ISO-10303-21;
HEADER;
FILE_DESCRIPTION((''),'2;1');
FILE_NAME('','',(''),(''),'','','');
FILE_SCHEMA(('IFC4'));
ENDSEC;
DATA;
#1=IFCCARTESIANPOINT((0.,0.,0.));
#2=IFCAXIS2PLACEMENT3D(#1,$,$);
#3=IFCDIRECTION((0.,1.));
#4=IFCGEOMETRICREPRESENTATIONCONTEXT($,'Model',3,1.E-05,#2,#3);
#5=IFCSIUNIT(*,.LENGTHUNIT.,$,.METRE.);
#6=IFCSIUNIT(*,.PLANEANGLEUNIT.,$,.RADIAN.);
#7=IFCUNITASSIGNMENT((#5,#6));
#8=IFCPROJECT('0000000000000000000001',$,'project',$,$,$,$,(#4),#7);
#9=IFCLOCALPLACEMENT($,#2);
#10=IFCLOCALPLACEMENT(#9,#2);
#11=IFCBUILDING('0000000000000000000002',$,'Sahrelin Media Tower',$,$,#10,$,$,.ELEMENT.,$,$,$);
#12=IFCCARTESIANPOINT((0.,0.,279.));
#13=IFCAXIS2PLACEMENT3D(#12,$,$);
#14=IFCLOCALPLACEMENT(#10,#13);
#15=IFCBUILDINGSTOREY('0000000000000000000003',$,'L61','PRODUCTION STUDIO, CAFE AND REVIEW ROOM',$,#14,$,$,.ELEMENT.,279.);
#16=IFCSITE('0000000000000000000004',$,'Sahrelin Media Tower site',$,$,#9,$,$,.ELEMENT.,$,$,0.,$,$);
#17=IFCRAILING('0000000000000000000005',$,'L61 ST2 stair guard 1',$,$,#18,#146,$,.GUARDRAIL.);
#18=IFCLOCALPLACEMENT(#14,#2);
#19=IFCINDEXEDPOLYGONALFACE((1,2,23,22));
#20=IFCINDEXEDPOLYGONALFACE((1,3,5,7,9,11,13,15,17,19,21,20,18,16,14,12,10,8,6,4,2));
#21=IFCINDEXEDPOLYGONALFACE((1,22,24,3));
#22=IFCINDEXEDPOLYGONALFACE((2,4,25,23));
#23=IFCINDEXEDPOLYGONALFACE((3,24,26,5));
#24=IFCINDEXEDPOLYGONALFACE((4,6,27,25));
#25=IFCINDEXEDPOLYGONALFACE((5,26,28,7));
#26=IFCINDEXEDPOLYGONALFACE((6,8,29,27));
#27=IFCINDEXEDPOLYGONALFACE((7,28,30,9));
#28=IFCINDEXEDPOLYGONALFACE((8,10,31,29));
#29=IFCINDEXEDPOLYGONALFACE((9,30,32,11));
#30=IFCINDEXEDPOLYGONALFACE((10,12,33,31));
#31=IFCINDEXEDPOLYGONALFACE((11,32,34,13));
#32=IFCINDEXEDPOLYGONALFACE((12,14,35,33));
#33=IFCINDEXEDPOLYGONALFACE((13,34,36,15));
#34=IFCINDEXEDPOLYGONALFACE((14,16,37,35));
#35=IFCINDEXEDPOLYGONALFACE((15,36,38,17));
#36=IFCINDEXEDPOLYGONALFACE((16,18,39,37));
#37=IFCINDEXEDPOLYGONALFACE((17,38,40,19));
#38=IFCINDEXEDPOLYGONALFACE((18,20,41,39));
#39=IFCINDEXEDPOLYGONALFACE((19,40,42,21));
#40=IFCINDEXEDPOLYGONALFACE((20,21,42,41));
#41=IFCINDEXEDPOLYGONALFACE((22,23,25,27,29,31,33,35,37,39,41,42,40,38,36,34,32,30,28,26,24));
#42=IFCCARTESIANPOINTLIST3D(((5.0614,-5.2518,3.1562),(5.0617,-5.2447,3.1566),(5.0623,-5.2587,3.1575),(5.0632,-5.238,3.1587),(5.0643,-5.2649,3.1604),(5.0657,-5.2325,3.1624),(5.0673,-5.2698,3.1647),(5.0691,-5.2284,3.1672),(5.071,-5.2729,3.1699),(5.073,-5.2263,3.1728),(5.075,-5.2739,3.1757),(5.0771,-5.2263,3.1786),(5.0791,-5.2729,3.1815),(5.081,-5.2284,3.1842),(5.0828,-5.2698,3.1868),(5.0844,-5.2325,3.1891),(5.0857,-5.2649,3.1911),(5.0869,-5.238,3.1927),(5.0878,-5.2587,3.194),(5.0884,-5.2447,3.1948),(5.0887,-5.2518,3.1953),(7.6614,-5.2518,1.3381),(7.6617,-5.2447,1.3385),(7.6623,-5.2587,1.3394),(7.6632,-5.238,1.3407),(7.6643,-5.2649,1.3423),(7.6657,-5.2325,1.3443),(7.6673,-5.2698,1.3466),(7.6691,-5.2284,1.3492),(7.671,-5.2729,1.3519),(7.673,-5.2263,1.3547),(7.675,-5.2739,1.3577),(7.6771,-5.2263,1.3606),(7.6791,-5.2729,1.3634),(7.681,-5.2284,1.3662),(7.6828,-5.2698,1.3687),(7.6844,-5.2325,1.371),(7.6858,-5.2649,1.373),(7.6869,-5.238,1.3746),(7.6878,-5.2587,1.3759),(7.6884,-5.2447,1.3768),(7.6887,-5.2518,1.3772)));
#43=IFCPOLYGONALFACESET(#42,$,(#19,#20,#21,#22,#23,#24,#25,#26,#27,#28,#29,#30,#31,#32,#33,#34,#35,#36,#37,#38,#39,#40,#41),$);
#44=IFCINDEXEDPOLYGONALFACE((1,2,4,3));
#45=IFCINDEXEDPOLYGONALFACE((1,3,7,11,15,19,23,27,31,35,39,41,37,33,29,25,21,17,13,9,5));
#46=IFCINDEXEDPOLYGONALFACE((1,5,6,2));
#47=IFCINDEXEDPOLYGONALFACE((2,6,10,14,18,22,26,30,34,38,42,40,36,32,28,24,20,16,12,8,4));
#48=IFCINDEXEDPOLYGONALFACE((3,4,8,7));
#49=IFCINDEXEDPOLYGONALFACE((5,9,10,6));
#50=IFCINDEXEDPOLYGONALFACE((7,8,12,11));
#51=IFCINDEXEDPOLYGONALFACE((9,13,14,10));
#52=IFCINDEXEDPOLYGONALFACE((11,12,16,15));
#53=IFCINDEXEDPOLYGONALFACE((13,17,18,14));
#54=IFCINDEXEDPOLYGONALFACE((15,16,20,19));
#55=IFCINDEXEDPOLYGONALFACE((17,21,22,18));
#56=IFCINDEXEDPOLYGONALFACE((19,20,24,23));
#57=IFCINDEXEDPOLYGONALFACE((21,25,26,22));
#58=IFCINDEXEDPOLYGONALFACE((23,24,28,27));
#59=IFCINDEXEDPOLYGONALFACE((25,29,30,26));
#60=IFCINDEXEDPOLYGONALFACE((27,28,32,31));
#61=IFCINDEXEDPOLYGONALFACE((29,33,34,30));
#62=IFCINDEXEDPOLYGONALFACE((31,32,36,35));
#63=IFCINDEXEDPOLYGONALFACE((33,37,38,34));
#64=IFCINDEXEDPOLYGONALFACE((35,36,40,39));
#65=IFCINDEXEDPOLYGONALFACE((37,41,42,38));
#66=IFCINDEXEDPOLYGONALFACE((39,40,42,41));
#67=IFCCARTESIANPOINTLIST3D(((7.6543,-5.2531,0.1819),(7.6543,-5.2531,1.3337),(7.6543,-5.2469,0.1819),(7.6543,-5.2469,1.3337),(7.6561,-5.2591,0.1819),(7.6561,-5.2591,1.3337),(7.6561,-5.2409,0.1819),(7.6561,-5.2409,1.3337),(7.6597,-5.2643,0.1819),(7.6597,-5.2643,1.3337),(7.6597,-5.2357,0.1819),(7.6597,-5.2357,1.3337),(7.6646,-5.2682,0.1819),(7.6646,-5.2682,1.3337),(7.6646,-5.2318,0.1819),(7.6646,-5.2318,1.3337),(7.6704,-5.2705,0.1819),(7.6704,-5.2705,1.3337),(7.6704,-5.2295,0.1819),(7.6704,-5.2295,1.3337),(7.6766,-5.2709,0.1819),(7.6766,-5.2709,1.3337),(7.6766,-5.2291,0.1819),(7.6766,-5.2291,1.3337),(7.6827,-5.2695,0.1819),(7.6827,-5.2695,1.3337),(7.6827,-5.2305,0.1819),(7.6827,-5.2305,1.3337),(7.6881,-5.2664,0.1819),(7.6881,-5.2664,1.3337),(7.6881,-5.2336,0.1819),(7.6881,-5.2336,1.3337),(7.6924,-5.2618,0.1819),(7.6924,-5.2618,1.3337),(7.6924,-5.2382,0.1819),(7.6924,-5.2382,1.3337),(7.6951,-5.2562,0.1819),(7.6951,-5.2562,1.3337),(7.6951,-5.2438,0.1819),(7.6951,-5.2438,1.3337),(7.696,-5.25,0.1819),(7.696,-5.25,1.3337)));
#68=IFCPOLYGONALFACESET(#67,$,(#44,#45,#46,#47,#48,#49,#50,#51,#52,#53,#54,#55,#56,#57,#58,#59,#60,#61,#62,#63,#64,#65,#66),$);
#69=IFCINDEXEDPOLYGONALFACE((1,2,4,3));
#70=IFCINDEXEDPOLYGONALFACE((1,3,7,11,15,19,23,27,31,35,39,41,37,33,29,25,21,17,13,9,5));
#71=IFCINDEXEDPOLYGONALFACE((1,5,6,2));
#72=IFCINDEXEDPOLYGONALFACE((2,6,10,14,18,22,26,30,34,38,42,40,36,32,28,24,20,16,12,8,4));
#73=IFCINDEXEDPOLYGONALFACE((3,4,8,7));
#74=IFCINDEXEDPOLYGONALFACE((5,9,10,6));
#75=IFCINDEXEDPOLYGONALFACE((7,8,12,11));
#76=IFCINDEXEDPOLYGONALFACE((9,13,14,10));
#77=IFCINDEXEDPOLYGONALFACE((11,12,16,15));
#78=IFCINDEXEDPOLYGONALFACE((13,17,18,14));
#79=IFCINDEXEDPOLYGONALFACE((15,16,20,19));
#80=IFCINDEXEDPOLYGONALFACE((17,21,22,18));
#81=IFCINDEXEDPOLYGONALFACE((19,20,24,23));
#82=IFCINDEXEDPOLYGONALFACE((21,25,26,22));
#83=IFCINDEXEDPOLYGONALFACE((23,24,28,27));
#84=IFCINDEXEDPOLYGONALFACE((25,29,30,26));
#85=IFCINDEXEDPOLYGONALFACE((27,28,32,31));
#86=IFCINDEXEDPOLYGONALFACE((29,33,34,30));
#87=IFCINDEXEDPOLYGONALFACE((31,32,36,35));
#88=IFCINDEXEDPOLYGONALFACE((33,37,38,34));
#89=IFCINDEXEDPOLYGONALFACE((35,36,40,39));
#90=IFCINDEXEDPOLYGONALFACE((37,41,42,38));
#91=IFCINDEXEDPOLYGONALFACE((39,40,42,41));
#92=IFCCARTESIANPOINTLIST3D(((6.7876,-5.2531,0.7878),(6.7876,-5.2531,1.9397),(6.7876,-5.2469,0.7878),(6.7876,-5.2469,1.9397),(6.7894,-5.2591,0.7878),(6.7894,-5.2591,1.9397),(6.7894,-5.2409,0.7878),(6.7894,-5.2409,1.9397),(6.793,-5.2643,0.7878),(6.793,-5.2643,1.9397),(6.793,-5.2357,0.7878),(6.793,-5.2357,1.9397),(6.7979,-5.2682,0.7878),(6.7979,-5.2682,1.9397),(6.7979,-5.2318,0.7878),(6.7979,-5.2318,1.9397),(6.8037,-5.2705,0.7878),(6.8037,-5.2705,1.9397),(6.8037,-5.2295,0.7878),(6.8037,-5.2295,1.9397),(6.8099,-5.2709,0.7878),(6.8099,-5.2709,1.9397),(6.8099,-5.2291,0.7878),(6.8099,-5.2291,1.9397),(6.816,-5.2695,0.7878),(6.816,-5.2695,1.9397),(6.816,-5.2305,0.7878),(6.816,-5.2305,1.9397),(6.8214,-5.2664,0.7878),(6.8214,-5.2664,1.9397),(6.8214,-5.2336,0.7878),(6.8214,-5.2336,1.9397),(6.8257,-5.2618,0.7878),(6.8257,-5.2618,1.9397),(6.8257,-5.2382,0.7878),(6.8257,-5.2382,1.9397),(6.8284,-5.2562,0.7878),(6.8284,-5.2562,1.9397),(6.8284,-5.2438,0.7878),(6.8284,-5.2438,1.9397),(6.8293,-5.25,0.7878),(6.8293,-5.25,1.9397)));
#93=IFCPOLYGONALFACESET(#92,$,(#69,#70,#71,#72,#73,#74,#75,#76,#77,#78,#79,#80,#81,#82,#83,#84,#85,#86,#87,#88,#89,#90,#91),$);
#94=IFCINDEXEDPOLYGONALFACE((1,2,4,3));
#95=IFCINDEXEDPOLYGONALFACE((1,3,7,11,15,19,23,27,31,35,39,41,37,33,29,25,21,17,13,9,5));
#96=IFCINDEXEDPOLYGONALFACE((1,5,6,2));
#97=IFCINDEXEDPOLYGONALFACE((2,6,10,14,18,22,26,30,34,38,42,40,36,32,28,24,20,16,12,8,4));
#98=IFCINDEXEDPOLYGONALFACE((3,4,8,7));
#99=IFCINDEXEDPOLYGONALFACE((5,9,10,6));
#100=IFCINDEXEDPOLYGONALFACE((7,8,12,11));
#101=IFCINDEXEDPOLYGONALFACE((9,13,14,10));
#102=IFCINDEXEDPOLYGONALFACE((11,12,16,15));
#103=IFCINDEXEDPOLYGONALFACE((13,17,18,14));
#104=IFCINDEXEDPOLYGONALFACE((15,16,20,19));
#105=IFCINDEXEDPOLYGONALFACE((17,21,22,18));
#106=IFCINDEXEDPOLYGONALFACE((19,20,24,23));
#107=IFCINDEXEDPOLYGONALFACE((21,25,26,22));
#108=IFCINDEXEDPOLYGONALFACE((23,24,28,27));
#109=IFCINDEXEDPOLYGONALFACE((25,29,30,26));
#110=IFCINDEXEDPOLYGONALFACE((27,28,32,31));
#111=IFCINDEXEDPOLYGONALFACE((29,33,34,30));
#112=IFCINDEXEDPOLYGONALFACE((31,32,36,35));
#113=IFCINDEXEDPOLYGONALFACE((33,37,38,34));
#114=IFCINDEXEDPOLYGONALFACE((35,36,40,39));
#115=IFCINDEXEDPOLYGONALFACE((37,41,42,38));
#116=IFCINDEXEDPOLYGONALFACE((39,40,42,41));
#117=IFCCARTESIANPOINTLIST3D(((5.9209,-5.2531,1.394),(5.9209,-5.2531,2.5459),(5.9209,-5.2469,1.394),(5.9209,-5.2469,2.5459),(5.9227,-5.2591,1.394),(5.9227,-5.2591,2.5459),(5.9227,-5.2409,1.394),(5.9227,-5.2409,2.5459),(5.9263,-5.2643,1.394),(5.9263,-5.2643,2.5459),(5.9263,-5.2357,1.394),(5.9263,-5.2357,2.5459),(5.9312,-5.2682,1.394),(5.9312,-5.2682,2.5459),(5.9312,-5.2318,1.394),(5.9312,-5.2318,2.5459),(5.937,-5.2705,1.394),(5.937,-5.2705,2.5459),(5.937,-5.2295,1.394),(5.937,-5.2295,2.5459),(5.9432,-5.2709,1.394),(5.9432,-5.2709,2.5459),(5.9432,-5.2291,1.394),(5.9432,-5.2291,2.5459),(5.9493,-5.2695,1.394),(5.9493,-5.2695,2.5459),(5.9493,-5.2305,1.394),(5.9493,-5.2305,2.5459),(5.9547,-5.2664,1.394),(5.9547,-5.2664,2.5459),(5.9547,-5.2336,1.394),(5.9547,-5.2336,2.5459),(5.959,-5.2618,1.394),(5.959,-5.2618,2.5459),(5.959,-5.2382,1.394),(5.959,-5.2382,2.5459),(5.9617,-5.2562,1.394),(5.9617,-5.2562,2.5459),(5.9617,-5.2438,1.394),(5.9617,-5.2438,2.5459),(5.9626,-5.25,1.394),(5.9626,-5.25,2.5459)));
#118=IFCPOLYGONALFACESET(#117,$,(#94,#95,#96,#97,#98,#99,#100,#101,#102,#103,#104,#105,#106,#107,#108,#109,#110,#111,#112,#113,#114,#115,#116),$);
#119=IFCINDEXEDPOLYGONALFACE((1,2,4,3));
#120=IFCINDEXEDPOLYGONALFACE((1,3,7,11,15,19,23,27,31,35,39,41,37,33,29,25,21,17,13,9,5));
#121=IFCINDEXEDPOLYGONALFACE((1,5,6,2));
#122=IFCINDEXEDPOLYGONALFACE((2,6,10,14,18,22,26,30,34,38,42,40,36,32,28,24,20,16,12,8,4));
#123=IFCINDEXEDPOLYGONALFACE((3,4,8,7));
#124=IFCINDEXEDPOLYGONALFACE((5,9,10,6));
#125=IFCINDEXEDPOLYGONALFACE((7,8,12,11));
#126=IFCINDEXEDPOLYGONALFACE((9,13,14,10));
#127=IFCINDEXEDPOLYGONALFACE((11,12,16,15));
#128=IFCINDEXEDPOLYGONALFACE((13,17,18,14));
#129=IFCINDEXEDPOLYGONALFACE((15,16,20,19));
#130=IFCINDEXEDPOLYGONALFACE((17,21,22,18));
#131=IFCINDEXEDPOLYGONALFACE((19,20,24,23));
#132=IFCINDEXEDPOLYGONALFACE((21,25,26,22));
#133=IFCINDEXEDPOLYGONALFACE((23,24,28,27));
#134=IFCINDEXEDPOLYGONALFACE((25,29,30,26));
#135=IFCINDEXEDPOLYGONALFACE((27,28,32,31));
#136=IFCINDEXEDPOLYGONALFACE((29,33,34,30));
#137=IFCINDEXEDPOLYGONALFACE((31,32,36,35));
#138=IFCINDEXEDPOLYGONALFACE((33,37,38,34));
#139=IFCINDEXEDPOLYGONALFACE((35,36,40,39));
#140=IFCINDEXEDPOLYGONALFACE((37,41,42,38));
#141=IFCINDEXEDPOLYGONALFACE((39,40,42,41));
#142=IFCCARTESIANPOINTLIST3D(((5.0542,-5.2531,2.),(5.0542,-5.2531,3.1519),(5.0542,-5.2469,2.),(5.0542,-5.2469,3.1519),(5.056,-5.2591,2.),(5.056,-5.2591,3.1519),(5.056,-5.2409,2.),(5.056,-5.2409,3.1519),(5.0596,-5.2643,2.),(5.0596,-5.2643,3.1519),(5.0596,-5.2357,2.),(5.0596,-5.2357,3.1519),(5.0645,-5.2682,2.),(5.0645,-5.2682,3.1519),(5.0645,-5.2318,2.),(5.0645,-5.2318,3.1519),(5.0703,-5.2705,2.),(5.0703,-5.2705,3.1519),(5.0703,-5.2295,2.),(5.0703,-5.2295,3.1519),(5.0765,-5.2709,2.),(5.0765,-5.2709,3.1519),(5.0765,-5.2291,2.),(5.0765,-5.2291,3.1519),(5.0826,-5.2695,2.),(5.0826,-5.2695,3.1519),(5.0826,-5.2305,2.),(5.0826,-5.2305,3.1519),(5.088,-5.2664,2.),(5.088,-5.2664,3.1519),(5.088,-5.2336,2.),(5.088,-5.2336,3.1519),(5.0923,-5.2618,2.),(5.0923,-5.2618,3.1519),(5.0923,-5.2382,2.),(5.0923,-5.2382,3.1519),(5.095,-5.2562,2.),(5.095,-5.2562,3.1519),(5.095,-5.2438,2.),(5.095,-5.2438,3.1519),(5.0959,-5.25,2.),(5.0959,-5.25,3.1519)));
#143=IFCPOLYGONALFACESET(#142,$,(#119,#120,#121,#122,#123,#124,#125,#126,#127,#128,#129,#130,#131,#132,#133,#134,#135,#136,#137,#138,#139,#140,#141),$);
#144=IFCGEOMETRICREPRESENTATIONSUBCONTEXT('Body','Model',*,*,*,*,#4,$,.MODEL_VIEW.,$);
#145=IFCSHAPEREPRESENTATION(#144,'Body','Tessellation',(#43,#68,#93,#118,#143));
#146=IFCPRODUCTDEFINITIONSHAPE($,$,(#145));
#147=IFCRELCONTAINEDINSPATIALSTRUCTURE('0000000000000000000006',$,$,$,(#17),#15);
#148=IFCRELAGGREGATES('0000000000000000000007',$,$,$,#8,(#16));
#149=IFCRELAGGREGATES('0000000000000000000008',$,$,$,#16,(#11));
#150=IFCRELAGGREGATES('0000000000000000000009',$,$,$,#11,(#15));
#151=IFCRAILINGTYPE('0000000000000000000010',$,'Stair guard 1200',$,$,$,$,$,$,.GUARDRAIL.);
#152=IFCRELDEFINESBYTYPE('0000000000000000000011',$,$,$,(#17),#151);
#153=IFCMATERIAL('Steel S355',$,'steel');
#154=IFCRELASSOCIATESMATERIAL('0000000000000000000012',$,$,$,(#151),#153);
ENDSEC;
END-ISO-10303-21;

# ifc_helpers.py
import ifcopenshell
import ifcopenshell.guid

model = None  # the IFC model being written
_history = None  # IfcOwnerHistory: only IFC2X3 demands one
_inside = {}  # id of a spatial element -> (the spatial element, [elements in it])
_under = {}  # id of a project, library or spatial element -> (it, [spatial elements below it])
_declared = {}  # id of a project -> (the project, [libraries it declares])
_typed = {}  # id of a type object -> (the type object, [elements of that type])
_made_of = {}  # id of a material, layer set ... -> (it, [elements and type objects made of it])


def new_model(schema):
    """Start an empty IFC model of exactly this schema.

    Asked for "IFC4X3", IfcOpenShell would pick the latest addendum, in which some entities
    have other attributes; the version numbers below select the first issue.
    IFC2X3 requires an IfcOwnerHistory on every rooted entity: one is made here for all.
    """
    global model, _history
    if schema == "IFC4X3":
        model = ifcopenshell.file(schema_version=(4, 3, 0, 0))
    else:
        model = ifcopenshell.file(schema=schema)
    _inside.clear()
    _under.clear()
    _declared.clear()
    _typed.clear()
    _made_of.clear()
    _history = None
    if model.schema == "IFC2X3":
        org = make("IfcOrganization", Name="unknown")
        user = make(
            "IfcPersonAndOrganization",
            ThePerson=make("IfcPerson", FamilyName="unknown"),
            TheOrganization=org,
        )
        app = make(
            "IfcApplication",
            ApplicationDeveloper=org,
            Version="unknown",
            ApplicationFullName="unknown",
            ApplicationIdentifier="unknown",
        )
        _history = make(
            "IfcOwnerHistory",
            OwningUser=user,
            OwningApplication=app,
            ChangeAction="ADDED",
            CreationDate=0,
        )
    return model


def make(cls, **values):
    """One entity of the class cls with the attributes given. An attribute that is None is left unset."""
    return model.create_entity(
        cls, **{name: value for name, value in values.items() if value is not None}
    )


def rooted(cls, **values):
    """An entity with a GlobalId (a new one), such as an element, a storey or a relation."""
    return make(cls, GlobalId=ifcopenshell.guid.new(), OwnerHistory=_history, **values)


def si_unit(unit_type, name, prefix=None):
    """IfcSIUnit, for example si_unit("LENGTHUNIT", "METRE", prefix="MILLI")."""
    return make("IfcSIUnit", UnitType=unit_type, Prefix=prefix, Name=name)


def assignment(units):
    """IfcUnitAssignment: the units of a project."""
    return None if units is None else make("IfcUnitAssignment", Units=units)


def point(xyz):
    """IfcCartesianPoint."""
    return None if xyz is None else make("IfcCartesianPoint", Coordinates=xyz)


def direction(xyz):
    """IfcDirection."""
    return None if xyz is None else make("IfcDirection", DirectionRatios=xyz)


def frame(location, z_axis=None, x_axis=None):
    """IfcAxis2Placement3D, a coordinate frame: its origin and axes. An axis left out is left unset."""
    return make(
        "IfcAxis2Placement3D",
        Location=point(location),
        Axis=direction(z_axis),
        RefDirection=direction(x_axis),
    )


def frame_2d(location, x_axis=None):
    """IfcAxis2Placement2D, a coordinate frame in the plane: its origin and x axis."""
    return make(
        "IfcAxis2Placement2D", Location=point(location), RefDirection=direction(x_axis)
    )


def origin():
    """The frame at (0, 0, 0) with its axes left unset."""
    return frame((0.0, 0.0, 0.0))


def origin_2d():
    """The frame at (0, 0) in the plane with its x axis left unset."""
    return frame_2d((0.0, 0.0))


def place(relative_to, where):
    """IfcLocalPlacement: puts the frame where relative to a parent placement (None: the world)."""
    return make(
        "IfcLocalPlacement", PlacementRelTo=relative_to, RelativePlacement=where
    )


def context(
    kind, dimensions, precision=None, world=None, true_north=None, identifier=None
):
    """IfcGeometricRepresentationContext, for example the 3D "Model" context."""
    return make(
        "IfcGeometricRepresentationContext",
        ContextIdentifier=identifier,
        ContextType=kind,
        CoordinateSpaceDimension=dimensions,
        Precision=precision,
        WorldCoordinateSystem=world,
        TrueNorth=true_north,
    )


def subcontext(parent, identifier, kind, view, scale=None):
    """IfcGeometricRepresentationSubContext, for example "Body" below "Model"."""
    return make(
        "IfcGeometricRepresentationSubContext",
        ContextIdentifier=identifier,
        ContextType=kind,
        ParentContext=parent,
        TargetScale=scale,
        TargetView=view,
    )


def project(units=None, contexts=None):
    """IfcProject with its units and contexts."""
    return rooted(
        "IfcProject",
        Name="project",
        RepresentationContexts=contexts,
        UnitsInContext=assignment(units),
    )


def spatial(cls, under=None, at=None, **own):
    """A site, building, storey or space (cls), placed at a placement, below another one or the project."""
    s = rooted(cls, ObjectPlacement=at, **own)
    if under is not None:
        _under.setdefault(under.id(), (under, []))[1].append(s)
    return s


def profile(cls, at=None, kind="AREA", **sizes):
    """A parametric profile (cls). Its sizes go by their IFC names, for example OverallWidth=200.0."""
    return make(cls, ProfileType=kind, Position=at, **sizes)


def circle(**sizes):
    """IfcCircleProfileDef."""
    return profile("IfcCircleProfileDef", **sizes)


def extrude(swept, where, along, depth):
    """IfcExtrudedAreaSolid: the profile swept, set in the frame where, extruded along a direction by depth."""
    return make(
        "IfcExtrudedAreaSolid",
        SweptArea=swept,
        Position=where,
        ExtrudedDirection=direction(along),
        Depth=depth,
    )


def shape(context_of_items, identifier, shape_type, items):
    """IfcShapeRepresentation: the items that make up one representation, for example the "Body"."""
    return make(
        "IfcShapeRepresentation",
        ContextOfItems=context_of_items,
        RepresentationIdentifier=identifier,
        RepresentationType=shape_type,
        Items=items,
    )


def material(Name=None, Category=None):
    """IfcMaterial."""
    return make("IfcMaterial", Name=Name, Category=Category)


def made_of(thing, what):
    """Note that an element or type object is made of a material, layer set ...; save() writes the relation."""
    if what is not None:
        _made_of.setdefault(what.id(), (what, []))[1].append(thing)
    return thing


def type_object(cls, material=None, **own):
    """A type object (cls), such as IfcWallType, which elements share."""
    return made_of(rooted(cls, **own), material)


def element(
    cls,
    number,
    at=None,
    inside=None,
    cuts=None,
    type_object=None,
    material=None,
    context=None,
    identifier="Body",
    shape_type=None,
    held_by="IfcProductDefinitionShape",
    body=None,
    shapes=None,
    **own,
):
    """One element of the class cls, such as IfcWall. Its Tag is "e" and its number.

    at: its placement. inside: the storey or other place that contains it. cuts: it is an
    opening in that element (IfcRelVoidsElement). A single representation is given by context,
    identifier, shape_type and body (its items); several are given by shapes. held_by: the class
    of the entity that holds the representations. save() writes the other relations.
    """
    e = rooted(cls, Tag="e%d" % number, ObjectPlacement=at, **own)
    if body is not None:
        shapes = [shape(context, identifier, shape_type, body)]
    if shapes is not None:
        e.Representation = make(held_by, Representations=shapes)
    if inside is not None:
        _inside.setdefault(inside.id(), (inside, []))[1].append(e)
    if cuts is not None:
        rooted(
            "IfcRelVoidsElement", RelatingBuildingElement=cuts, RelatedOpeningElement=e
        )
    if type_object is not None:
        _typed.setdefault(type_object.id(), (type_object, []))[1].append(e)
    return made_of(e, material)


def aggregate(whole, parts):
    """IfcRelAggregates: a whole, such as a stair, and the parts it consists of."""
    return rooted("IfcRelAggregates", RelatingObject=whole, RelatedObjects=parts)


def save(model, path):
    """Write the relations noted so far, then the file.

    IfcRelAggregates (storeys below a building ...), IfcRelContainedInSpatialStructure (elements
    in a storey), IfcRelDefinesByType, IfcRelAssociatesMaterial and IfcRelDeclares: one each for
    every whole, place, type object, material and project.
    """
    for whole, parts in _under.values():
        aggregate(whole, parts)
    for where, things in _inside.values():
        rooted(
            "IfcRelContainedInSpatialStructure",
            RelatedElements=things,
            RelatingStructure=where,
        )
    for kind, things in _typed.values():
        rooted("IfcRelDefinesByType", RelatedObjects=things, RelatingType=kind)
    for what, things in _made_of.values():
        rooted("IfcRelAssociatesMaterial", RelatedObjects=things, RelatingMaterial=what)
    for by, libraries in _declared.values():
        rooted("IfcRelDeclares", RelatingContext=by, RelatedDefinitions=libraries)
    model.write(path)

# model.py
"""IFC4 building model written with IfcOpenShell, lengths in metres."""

from ifc_helpers import new_model, si_unit, direction, frame, origin, origin_2d, place, context, subcontext, project, spatial, circle, extrude, material, type_object, element, save


model = new_model("IFC4")

# Units and contexts
model_context = context("Model", 3, precision=1e-05, world=origin(), true_north=direction((0.0, 1.0)))
body_context = subcontext(model_context, "Body", "Model", "MODEL_VIEW")
ifc_project = project(units=[si_unit("LENGTHUNIT", "METRE"), si_unit("PLANEANGLEUNIT", "RADIAN")], contexts=[model_context])

# Site, building, storey
site_placement = place(None, origin())
site = spatial("IfcSite", under=ifc_project, at=site_placement, Name="Sahrelin Media Tower site", CompositionType="ELEMENT", RefElevation=0.0)
building_placement = place(site_placement, origin())
building = spatial("IfcBuilding", under=site, at=building_placement, Name="Sahrelin Media Tower", CompositionType="ELEMENT")
storey_placement = place(building_placement, frame((0.0, 0.0, 279.0)))
storey = spatial("IfcBuildingStorey", under=building, at=storey_placement, Name="L61", Description="PRODUCTION STUDIO, CAFE AND REVIEW ROOM", CompositionType="ELEMENT", Elevation=279.0)

# Shared definitions
ifc_material_1 = material(Name="Steel S355", Category="steel")

# Railing
railing_type_1 = type_object("IfcRailingType", Name="Stair guard 1200", PredefinedType="GUARDRAIL", material=ifc_material_1)
railing_1_placement = place(storey_placement, frame((7.675, -5.25, 0.1819)))
element("IfcRailing", 1, at=railing_1_placement, inside=storey, type_object=railing_type_1, Name="L61 ST2 stair guard 1", PredefinedType="GUARDRAIL", context=body_context, shape_type="SweptSolid", body=[
    extrude(circle(Radius=0.0239, at=origin_2d()), frame((0.0, 0.0, 1.1758), z_axis=(-0.819521, 0.0, 0.573049), x_axis=(0.0, -1.0, 0.0)), (0.0, 0.0, 1.0), 3.1726),
    extrude(circle(Radius=0.021, at=origin_2d()), origin(), (0.0, 0.0, 1.0), 1.1519),
    extrude(circle(Radius=0.021, at=origin_2d()), frame((-0.8667, 0.0, 0.606)), (0.0, 0.0, 1.0), 1.1519),
    extrude(circle(Radius=0.021, at=origin_2d()), frame((-1.7334, 0.0, 1.2122)), (0.0, 0.0, 1.0), 1.1519),
    extrude(circle(Radius=0.021, at=origin_2d()), frame((-2.6001, 0.0, 1.8181)), (0.0, 0.0, 1.0), 1.1519),
])

save(model, "model.ifc")
